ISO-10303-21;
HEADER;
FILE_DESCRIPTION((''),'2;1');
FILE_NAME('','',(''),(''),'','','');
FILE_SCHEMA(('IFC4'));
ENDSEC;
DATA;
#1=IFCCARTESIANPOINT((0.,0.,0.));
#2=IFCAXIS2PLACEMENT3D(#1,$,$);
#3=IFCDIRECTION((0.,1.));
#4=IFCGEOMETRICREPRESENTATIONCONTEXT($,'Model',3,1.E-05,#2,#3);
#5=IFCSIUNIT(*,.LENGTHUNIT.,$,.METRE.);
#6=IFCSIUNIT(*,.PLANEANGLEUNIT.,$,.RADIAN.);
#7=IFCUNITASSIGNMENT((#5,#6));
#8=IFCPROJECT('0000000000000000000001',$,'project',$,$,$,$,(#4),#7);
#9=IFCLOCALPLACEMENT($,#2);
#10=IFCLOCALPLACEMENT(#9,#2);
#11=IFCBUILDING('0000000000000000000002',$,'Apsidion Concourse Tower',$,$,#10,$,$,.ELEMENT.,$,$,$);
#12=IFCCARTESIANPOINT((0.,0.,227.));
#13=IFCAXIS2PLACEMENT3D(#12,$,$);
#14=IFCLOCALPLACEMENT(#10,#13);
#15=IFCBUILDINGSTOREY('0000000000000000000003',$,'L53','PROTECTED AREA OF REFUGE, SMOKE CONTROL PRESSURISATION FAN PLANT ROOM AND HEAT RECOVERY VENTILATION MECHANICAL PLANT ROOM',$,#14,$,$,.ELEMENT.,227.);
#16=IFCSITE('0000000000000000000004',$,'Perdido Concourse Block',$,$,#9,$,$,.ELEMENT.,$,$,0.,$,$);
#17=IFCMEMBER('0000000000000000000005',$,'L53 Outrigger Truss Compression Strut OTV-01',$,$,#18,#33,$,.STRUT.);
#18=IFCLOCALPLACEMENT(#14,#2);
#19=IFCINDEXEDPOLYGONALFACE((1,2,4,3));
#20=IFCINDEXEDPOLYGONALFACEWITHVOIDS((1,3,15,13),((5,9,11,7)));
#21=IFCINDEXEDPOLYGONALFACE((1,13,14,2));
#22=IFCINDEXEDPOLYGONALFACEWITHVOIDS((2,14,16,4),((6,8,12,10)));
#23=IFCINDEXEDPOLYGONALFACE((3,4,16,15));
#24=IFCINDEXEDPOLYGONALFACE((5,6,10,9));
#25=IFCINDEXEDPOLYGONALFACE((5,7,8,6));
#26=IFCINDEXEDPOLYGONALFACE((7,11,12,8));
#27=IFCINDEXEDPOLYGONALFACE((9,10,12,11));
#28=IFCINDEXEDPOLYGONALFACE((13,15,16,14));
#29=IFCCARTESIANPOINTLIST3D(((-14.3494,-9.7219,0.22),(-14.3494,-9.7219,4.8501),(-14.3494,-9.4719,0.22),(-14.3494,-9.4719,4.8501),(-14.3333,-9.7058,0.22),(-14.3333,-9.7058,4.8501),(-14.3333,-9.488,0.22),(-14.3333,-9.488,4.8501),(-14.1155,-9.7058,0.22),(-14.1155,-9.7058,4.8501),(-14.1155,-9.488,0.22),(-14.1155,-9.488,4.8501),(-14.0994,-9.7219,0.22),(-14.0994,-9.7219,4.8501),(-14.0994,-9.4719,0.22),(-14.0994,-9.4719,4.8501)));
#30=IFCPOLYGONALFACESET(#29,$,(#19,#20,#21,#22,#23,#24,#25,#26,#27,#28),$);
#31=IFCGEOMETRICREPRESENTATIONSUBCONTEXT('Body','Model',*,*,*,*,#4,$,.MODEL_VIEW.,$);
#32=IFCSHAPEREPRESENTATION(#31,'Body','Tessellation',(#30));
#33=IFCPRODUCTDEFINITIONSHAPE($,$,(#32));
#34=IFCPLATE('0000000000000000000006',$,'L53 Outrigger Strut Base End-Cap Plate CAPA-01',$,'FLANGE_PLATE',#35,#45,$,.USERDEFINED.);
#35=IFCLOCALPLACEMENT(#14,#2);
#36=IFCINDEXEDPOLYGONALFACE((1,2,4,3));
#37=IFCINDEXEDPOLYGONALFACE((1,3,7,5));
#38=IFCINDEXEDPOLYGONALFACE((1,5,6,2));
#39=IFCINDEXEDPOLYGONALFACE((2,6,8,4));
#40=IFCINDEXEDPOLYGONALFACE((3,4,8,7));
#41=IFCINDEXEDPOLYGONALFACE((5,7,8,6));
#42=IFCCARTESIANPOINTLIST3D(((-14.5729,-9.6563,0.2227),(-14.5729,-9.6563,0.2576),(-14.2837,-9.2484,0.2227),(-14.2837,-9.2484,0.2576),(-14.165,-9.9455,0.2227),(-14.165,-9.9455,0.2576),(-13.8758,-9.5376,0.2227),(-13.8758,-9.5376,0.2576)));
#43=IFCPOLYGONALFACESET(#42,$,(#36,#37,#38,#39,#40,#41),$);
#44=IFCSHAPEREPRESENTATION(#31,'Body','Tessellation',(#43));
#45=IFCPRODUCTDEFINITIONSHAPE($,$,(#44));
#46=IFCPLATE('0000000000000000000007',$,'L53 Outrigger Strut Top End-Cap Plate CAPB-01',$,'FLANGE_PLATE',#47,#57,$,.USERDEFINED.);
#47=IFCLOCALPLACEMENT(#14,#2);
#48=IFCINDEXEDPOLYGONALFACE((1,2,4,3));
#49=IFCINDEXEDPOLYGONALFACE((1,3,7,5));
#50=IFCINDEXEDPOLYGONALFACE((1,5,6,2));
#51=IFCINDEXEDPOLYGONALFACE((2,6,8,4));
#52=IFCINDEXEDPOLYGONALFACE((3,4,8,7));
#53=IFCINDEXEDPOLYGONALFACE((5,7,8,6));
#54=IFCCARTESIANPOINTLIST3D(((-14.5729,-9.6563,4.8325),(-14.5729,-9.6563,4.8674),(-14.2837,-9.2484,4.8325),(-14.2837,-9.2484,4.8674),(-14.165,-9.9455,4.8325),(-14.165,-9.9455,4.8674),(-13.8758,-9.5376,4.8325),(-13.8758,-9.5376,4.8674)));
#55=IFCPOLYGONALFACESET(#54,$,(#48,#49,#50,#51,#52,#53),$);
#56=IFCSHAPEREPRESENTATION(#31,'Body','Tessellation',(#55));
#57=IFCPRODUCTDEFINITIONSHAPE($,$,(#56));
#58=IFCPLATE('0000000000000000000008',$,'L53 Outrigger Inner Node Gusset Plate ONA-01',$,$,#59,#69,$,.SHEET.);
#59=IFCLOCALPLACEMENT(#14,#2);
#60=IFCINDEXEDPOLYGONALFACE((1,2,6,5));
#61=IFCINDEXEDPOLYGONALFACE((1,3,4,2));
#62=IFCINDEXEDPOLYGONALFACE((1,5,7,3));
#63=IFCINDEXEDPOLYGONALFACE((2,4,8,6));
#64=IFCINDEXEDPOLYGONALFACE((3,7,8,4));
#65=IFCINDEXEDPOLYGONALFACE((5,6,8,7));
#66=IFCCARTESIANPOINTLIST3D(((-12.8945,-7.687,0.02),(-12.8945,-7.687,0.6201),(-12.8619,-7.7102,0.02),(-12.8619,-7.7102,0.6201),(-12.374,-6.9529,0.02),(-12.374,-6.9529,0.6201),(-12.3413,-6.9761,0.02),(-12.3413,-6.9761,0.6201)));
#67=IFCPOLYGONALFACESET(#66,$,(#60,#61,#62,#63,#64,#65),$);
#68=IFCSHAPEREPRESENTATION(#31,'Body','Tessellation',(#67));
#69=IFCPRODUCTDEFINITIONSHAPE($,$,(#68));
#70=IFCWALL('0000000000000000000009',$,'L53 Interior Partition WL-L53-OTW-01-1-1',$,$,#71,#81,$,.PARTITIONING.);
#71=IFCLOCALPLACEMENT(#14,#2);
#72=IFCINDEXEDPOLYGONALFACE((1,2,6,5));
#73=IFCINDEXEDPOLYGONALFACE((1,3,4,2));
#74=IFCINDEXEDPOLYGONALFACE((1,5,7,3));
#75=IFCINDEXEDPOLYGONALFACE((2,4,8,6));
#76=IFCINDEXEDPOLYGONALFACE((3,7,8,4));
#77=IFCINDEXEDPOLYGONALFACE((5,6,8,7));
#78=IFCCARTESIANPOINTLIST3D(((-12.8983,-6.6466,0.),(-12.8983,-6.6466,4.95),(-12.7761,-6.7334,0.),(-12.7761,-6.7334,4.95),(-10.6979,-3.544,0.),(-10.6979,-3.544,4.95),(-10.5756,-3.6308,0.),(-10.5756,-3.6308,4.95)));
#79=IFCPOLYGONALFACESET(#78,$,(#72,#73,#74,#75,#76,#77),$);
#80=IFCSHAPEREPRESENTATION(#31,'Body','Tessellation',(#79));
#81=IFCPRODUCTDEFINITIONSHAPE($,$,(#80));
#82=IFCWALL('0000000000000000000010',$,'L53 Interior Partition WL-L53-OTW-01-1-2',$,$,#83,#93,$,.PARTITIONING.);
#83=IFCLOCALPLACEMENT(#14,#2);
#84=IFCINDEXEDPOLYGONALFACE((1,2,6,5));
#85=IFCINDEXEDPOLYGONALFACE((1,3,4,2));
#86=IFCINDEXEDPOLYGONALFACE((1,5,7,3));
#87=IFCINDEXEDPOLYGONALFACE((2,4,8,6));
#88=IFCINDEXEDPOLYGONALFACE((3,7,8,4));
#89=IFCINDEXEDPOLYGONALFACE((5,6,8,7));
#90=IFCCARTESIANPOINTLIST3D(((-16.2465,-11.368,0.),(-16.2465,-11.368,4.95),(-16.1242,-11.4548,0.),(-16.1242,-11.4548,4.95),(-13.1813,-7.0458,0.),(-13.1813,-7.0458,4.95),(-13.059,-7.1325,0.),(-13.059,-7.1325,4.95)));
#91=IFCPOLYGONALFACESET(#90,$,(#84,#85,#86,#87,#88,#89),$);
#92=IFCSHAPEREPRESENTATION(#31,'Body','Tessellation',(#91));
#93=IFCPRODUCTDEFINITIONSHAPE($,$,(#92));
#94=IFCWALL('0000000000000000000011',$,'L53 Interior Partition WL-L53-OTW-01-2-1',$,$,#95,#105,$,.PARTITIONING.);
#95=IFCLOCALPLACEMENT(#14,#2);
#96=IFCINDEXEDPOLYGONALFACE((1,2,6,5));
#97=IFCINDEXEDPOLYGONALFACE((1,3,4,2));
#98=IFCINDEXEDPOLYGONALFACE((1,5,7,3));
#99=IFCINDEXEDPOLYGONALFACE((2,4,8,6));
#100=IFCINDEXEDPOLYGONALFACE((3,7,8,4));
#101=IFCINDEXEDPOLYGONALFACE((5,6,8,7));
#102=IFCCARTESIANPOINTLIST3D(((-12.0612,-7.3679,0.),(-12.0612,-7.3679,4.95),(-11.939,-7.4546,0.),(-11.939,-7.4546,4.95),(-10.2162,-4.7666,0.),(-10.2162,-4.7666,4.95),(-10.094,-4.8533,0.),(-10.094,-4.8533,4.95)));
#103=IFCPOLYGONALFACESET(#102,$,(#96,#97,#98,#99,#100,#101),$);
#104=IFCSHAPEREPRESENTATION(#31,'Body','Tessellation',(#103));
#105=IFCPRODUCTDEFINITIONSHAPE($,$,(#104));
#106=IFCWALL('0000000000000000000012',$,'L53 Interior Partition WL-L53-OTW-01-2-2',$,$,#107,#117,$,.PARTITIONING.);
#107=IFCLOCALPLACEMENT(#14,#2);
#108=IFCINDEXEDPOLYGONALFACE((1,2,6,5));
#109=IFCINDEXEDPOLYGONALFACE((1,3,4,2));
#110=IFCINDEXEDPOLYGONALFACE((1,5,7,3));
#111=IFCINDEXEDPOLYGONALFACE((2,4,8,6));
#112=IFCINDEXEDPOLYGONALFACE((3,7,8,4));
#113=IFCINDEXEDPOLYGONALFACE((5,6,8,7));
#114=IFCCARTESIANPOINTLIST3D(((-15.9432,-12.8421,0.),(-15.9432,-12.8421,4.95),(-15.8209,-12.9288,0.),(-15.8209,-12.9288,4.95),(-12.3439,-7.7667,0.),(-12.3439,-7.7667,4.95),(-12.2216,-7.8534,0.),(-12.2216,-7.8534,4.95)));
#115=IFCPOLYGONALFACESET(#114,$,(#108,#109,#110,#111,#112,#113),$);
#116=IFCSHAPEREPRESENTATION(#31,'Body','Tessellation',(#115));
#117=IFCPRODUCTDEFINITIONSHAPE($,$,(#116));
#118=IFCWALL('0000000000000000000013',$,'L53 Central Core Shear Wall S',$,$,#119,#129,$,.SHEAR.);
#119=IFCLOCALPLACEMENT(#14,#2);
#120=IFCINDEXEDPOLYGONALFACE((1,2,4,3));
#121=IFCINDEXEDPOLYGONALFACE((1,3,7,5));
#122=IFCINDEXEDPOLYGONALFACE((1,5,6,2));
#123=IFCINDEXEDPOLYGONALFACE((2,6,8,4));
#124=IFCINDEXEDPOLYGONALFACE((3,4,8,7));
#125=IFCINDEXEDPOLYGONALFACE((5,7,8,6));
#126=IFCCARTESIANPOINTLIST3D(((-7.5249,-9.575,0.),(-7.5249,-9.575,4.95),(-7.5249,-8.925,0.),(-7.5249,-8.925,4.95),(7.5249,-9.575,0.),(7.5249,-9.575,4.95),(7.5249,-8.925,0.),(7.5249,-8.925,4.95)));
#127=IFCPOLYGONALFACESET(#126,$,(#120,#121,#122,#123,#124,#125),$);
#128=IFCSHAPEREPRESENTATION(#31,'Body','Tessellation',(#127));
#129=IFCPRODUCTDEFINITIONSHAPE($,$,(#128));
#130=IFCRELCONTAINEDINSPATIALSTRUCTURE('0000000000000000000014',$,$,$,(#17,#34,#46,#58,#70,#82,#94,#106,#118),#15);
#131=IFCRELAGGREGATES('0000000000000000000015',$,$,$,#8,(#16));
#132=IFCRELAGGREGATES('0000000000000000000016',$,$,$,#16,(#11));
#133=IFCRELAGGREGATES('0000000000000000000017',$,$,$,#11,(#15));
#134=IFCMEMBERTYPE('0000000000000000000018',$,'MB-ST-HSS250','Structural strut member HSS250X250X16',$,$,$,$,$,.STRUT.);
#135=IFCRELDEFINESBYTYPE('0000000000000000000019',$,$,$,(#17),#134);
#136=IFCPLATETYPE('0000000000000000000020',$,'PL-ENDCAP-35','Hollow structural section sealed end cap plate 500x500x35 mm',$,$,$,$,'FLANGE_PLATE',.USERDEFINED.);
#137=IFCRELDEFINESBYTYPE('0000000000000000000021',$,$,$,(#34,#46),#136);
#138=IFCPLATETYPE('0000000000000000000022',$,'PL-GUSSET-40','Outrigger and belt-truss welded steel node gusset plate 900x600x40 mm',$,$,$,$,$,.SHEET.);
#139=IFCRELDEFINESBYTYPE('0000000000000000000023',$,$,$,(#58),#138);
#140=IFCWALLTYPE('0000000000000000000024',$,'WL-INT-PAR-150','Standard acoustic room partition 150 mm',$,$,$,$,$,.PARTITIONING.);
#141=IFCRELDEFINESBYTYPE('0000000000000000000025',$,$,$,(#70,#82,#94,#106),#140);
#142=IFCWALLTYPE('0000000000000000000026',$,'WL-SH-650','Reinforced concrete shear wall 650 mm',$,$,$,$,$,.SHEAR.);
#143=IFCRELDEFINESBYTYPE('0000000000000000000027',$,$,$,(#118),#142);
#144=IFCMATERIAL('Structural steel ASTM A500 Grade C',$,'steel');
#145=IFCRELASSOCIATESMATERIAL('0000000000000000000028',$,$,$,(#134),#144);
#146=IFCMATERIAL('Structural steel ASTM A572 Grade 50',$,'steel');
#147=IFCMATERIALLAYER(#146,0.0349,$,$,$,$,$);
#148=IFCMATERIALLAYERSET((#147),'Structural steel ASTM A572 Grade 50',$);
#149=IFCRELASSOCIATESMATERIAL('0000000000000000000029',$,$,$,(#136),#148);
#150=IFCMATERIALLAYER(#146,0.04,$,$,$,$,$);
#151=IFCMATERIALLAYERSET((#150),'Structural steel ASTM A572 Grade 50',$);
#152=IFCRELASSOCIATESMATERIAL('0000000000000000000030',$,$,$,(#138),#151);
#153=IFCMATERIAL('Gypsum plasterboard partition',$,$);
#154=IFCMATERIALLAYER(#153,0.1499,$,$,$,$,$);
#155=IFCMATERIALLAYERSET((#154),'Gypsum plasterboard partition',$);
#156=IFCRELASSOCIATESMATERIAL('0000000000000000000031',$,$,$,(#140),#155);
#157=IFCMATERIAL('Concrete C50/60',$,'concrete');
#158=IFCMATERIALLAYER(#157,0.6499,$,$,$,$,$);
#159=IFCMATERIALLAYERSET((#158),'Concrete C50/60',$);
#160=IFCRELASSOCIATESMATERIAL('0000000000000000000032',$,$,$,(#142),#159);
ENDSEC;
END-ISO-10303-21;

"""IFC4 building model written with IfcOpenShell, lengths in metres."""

from ifc_helpers import new_model, si_unit, direction, frame, frame_2d, origin, origin_2d, place, context, subcontext, project, spatial, rectangle, hollow_rectangle, extrude, material, layer, layer_set, material_profile, profile_set, type_object, element, save


model = new_model("IFC4")

# Units and contexts
model_context = context("Model", 3, precision=1e-05, world=origin(), true_north=direction((0.0, 1.0)))
body_context = subcontext(model_context, "Body", "Model", "MODEL_VIEW")
ifc_project = project(units=[si_unit("LENGTHUNIT", "METRE"), si_unit("PLANEANGLEUNIT", "RADIAN")], contexts=[model_context])

# Site, building, storey
site_placement = place(None, origin())
site = spatial("IfcSite", under=ifc_project, at=site_placement, Name="Perdido Concourse Block", CompositionType="ELEMENT", RefElevation=0.0)
building_placement = place(site_placement, origin())
building = spatial("IfcBuilding", under=site, at=building_placement, Name="Apsidion Concourse Tower", CompositionType="ELEMENT")
storey_placement = place(building_placement, frame((0.0, 0.0, 227.0)))
storey = spatial("IfcBuildingStorey", under=building, at=storey_placement, Name="L53", Description="PROTECTED AREA OF REFUGE, SMOKE CONTROL PRESSURISATION FAN PLANT ROOM AND HEAT RECOVERY VENTILATION MECHANICAL PLANT ROOM", CompositionType="ELEMENT", Elevation=227.0)

# Shared definitions
ifc_material_1 = material(Name="Concrete C50/60", Category="concrete")

# Member
ifc_material_2 = material(Name="Structural steel ASTM A500 Grade C", Category="steel")
ifc_material_profile_1 = material_profile(ifc_material_2, hollow_rectangle(XDim=0.25, YDim=0.25, WallThickness=0.0161, at=origin_2d()), Name="HSS250X250X16")
ifc_profile_set_1 = profile_set([ifc_material_profile_1], Name="Structural steel ASTM A500 Grade C")
member_type_1 = type_object("IfcMemberType", Name="MB-ST-HSS250", Description="Structural strut member HSS250X250X16", PredefinedType="STRUT", material=ifc_profile_set_1)
member_1_placement = place(storey_placement, frame((-14.2244, -9.5969, 0.22), z_axis=(0.0, 0.0, 1.0), x_axis=(1.0, 0.0, 0.0)))
element("IfcMember", 1, at=member_1_placement, inside=storey, type_object=member_type_1, Name="L53 Outrigger Truss Compression Strut OTV-01", PredefinedType="STRUT", context=body_context, shape_type="SweptSolid", body=[
    extrude(hollow_rectangle(XDim=0.25, YDim=0.25, WallThickness=0.0161, at=origin_2d()), origin(), (0.0, 0.0, 1.0), 4.6301),
])

# Plates
ifc_material_3 = material(Name="Structural steel ASTM A572 Grade 50", Category="steel")
ifc_layer_1 = layer(ifc_material_3, 0.0349)
ifc_layer_set_1 = layer_set([ifc_layer_1], Name="Structural steel ASTM A572 Grade 50")
plate_type_1 = type_object("IfcPlateType", Name="PL-ENDCAP-35", Description="Hollow structural section sealed end cap plate 500x500x35 mm", ElementType="FLANGE_PLATE", PredefinedType="USERDEFINED", material=ifc_layer_set_1)
for number, where, z_axis, x_axis, name in (
    (2, (-14.2244, -9.5969, 0.2227), (0.0, 0.0, 1.0), (0.578427, 0.815734, 0.0), "L53 Outrigger Strut Base End-Cap Plate CAPA-01"),
    (3, (-14.2244, -9.5969, 4.8325), (0.0, 0.0, 1.0), (0.578427, 0.815734, 0.0), "L53 Outrigger Strut Top End-Cap Plate CAPB-01"),
):
    element("IfcPlate", number, at=place(storey_placement, frame(where, z_axis=z_axis, x_axis=x_axis)), inside=storey, type_object=plate_type_1, Name=name, ObjectType="FLANGE_PLATE", PredefinedType="USERDEFINED", context=body_context, shape_type="SweptSolid", body=[
        extrude(rectangle(XDim=0.5, YDim=0.5, at=origin_2d()), origin(), (0.0, 0.0, 1.0), 0.0349),
    ])
ifc_layer_2 = layer(ifc_material_3, 0.04)
ifc_layer_set_2 = layer_set([ifc_layer_2], Name="Structural steel ASTM A572 Grade 50")
plate_type_2 = type_object("IfcPlateType", Name="PL-GUSSET-40", Description="Outrigger and belt-truss welded steel node gusset plate 900x600x40 mm", PredefinedType="SHEET", material=ifc_layer_set_2)
plate_placement = place(storey_placement, frame((-12.6179, -7.3315, 0.02), z_axis=(0.0, 0.0, 1.0), x_axis=(0.578427, 0.815734, 0.0)))
element("IfcPlate", 4, at=plate_placement, inside=storey, type_object=plate_type_2, Name="L53 Outrigger Inner Node Gusset Plate ONA-01", PredefinedType="SHEET", context=body_context, shape_type="SweptSolid", body=[
    extrude(rectangle(XDim=0.8999, YDim=0.04, at=origin_2d()), origin(), (0.0, 0.0, 1.0), 0.6001),
])

# Walls
ifc_material_4 = material(Name="Gypsum plasterboard partition")
ifc_layer_3 = layer(ifc_material_4, 0.1499)
ifc_layer_set_3 = layer_set([ifc_layer_3], Name="Gypsum plasterboard partition")
wall_type_1 = type_object("IfcWallType", Name="WL-INT-PAR-150", Description="Standard acoustic room partition 150 mm", PredefinedType="PARTITIONING", material=ifc_layer_set_3)
wall_1_placement = place(storey_placement, frame((-10.6367, -3.5874, 0.0), z_axis=(0.0, 0.0, 1.0), x_axis=(-0.578509, -0.815676, 0.0)))
element("IfcWall", 5, at=wall_1_placement, inside=storey, type_object=wall_type_1, Name="L53 Interior Partition WL-L53-OTW-01-1-1", PredefinedType="PARTITIONING", context=body_context, shape_type="SweptSolid", body=[
    extrude(rectangle(XDim=3.8037, YDim=0.1499, at=frame_2d((1.9019, 0.0))), origin(), (0.0, 0.0, 1.0), 4.95),
])
wall_2_placement = place(storey_placement, frame((-13.1201, -7.0891, 0.0), z_axis=(0.0, 0.0, 1.0), x_axis=(-0.578467, -0.815706, 0.0)))
element("IfcWall", 6, at=wall_2_placement, inside=storey, type_object=wall_type_1, Name="L53 Interior Partition WL-L53-OTW-01-1-2", PredefinedType="PARTITIONING", context=body_context, shape_type="SweptSolid", body=[
    extrude(rectangle(XDim=5.2988, YDim=0.1499, at=frame_2d((2.6494, 0.0))), origin(), (0.0, 0.0, 1.0), 4.95),
])
wall_3_placement = place(storey_placement, frame((-10.155, -4.8098, 0.0), z_axis=(0.0, 0.0, 1.0), x_axis=(-0.578512, -0.815674, 0.0)))
element("IfcWall", 7, at=wall_3_placement, inside=storey, type_object=wall_type_1, Name="L53 Interior Partition WL-L53-OTW-01-2-1", PredefinedType="PARTITIONING", context=body_context, shape_type="SweptSolid", body=[
    extrude(rectangle(XDim=3.1892, YDim=0.1499, at=frame_2d((1.5947, 0.0))), origin(), (0.0, 0.0, 1.0), 4.95),
])
wall_4_placement = place(storey_placement, frame((-12.2827, -7.8101, 0.0), z_axis=(0.0, 0.0, 1.0), x_axis=(-0.578473, -0.815701, 0.0)))
element("IfcWall", 8, at=wall_4_placement, inside=storey, type_object=wall_type_1, Name="L53 Interior Partition WL-L53-OTW-01-2-2", PredefinedType="PARTITIONING", context=body_context, shape_type="SweptSolid", body=[
    extrude(rectangle(XDim=6.2222, YDim=0.1499, at=frame_2d((3.1111, 0.0))), origin(), (0.0, 0.0, 1.0), 4.95),
])
ifc_layer_4 = layer(ifc_material_1, 0.6499)
ifc_layer_set_4 = layer_set([ifc_layer_4], Name="Concrete C50/60")
wall_type_2 = type_object("IfcWallType", Name="WL-SH-650", Description="Reinforced concrete shear wall 650 mm", PredefinedType="SHEAR", material=ifc_layer_set_4)
wall_5_placement = place(storey_placement, frame((-7.5249, -9.25, 0.0), z_axis=(0.0, 0.0, 1.0), x_axis=(1.0, 0.0, 0.0)))
element("IfcWall", 9, at=wall_5_placement, inside=storey, type_object=wall_type_2, Name="L53 Central Core Shear Wall S", PredefinedType="SHEAR", context=body_context, shape_type="SweptSolid", body=[
    extrude(rectangle(XDim=15.0498, YDim=0.6499, at=frame_2d((7.5249, 0.0))), origin(), (0.0, 0.0, 1.0), 4.95),
])

save(model, "model.ifc")
